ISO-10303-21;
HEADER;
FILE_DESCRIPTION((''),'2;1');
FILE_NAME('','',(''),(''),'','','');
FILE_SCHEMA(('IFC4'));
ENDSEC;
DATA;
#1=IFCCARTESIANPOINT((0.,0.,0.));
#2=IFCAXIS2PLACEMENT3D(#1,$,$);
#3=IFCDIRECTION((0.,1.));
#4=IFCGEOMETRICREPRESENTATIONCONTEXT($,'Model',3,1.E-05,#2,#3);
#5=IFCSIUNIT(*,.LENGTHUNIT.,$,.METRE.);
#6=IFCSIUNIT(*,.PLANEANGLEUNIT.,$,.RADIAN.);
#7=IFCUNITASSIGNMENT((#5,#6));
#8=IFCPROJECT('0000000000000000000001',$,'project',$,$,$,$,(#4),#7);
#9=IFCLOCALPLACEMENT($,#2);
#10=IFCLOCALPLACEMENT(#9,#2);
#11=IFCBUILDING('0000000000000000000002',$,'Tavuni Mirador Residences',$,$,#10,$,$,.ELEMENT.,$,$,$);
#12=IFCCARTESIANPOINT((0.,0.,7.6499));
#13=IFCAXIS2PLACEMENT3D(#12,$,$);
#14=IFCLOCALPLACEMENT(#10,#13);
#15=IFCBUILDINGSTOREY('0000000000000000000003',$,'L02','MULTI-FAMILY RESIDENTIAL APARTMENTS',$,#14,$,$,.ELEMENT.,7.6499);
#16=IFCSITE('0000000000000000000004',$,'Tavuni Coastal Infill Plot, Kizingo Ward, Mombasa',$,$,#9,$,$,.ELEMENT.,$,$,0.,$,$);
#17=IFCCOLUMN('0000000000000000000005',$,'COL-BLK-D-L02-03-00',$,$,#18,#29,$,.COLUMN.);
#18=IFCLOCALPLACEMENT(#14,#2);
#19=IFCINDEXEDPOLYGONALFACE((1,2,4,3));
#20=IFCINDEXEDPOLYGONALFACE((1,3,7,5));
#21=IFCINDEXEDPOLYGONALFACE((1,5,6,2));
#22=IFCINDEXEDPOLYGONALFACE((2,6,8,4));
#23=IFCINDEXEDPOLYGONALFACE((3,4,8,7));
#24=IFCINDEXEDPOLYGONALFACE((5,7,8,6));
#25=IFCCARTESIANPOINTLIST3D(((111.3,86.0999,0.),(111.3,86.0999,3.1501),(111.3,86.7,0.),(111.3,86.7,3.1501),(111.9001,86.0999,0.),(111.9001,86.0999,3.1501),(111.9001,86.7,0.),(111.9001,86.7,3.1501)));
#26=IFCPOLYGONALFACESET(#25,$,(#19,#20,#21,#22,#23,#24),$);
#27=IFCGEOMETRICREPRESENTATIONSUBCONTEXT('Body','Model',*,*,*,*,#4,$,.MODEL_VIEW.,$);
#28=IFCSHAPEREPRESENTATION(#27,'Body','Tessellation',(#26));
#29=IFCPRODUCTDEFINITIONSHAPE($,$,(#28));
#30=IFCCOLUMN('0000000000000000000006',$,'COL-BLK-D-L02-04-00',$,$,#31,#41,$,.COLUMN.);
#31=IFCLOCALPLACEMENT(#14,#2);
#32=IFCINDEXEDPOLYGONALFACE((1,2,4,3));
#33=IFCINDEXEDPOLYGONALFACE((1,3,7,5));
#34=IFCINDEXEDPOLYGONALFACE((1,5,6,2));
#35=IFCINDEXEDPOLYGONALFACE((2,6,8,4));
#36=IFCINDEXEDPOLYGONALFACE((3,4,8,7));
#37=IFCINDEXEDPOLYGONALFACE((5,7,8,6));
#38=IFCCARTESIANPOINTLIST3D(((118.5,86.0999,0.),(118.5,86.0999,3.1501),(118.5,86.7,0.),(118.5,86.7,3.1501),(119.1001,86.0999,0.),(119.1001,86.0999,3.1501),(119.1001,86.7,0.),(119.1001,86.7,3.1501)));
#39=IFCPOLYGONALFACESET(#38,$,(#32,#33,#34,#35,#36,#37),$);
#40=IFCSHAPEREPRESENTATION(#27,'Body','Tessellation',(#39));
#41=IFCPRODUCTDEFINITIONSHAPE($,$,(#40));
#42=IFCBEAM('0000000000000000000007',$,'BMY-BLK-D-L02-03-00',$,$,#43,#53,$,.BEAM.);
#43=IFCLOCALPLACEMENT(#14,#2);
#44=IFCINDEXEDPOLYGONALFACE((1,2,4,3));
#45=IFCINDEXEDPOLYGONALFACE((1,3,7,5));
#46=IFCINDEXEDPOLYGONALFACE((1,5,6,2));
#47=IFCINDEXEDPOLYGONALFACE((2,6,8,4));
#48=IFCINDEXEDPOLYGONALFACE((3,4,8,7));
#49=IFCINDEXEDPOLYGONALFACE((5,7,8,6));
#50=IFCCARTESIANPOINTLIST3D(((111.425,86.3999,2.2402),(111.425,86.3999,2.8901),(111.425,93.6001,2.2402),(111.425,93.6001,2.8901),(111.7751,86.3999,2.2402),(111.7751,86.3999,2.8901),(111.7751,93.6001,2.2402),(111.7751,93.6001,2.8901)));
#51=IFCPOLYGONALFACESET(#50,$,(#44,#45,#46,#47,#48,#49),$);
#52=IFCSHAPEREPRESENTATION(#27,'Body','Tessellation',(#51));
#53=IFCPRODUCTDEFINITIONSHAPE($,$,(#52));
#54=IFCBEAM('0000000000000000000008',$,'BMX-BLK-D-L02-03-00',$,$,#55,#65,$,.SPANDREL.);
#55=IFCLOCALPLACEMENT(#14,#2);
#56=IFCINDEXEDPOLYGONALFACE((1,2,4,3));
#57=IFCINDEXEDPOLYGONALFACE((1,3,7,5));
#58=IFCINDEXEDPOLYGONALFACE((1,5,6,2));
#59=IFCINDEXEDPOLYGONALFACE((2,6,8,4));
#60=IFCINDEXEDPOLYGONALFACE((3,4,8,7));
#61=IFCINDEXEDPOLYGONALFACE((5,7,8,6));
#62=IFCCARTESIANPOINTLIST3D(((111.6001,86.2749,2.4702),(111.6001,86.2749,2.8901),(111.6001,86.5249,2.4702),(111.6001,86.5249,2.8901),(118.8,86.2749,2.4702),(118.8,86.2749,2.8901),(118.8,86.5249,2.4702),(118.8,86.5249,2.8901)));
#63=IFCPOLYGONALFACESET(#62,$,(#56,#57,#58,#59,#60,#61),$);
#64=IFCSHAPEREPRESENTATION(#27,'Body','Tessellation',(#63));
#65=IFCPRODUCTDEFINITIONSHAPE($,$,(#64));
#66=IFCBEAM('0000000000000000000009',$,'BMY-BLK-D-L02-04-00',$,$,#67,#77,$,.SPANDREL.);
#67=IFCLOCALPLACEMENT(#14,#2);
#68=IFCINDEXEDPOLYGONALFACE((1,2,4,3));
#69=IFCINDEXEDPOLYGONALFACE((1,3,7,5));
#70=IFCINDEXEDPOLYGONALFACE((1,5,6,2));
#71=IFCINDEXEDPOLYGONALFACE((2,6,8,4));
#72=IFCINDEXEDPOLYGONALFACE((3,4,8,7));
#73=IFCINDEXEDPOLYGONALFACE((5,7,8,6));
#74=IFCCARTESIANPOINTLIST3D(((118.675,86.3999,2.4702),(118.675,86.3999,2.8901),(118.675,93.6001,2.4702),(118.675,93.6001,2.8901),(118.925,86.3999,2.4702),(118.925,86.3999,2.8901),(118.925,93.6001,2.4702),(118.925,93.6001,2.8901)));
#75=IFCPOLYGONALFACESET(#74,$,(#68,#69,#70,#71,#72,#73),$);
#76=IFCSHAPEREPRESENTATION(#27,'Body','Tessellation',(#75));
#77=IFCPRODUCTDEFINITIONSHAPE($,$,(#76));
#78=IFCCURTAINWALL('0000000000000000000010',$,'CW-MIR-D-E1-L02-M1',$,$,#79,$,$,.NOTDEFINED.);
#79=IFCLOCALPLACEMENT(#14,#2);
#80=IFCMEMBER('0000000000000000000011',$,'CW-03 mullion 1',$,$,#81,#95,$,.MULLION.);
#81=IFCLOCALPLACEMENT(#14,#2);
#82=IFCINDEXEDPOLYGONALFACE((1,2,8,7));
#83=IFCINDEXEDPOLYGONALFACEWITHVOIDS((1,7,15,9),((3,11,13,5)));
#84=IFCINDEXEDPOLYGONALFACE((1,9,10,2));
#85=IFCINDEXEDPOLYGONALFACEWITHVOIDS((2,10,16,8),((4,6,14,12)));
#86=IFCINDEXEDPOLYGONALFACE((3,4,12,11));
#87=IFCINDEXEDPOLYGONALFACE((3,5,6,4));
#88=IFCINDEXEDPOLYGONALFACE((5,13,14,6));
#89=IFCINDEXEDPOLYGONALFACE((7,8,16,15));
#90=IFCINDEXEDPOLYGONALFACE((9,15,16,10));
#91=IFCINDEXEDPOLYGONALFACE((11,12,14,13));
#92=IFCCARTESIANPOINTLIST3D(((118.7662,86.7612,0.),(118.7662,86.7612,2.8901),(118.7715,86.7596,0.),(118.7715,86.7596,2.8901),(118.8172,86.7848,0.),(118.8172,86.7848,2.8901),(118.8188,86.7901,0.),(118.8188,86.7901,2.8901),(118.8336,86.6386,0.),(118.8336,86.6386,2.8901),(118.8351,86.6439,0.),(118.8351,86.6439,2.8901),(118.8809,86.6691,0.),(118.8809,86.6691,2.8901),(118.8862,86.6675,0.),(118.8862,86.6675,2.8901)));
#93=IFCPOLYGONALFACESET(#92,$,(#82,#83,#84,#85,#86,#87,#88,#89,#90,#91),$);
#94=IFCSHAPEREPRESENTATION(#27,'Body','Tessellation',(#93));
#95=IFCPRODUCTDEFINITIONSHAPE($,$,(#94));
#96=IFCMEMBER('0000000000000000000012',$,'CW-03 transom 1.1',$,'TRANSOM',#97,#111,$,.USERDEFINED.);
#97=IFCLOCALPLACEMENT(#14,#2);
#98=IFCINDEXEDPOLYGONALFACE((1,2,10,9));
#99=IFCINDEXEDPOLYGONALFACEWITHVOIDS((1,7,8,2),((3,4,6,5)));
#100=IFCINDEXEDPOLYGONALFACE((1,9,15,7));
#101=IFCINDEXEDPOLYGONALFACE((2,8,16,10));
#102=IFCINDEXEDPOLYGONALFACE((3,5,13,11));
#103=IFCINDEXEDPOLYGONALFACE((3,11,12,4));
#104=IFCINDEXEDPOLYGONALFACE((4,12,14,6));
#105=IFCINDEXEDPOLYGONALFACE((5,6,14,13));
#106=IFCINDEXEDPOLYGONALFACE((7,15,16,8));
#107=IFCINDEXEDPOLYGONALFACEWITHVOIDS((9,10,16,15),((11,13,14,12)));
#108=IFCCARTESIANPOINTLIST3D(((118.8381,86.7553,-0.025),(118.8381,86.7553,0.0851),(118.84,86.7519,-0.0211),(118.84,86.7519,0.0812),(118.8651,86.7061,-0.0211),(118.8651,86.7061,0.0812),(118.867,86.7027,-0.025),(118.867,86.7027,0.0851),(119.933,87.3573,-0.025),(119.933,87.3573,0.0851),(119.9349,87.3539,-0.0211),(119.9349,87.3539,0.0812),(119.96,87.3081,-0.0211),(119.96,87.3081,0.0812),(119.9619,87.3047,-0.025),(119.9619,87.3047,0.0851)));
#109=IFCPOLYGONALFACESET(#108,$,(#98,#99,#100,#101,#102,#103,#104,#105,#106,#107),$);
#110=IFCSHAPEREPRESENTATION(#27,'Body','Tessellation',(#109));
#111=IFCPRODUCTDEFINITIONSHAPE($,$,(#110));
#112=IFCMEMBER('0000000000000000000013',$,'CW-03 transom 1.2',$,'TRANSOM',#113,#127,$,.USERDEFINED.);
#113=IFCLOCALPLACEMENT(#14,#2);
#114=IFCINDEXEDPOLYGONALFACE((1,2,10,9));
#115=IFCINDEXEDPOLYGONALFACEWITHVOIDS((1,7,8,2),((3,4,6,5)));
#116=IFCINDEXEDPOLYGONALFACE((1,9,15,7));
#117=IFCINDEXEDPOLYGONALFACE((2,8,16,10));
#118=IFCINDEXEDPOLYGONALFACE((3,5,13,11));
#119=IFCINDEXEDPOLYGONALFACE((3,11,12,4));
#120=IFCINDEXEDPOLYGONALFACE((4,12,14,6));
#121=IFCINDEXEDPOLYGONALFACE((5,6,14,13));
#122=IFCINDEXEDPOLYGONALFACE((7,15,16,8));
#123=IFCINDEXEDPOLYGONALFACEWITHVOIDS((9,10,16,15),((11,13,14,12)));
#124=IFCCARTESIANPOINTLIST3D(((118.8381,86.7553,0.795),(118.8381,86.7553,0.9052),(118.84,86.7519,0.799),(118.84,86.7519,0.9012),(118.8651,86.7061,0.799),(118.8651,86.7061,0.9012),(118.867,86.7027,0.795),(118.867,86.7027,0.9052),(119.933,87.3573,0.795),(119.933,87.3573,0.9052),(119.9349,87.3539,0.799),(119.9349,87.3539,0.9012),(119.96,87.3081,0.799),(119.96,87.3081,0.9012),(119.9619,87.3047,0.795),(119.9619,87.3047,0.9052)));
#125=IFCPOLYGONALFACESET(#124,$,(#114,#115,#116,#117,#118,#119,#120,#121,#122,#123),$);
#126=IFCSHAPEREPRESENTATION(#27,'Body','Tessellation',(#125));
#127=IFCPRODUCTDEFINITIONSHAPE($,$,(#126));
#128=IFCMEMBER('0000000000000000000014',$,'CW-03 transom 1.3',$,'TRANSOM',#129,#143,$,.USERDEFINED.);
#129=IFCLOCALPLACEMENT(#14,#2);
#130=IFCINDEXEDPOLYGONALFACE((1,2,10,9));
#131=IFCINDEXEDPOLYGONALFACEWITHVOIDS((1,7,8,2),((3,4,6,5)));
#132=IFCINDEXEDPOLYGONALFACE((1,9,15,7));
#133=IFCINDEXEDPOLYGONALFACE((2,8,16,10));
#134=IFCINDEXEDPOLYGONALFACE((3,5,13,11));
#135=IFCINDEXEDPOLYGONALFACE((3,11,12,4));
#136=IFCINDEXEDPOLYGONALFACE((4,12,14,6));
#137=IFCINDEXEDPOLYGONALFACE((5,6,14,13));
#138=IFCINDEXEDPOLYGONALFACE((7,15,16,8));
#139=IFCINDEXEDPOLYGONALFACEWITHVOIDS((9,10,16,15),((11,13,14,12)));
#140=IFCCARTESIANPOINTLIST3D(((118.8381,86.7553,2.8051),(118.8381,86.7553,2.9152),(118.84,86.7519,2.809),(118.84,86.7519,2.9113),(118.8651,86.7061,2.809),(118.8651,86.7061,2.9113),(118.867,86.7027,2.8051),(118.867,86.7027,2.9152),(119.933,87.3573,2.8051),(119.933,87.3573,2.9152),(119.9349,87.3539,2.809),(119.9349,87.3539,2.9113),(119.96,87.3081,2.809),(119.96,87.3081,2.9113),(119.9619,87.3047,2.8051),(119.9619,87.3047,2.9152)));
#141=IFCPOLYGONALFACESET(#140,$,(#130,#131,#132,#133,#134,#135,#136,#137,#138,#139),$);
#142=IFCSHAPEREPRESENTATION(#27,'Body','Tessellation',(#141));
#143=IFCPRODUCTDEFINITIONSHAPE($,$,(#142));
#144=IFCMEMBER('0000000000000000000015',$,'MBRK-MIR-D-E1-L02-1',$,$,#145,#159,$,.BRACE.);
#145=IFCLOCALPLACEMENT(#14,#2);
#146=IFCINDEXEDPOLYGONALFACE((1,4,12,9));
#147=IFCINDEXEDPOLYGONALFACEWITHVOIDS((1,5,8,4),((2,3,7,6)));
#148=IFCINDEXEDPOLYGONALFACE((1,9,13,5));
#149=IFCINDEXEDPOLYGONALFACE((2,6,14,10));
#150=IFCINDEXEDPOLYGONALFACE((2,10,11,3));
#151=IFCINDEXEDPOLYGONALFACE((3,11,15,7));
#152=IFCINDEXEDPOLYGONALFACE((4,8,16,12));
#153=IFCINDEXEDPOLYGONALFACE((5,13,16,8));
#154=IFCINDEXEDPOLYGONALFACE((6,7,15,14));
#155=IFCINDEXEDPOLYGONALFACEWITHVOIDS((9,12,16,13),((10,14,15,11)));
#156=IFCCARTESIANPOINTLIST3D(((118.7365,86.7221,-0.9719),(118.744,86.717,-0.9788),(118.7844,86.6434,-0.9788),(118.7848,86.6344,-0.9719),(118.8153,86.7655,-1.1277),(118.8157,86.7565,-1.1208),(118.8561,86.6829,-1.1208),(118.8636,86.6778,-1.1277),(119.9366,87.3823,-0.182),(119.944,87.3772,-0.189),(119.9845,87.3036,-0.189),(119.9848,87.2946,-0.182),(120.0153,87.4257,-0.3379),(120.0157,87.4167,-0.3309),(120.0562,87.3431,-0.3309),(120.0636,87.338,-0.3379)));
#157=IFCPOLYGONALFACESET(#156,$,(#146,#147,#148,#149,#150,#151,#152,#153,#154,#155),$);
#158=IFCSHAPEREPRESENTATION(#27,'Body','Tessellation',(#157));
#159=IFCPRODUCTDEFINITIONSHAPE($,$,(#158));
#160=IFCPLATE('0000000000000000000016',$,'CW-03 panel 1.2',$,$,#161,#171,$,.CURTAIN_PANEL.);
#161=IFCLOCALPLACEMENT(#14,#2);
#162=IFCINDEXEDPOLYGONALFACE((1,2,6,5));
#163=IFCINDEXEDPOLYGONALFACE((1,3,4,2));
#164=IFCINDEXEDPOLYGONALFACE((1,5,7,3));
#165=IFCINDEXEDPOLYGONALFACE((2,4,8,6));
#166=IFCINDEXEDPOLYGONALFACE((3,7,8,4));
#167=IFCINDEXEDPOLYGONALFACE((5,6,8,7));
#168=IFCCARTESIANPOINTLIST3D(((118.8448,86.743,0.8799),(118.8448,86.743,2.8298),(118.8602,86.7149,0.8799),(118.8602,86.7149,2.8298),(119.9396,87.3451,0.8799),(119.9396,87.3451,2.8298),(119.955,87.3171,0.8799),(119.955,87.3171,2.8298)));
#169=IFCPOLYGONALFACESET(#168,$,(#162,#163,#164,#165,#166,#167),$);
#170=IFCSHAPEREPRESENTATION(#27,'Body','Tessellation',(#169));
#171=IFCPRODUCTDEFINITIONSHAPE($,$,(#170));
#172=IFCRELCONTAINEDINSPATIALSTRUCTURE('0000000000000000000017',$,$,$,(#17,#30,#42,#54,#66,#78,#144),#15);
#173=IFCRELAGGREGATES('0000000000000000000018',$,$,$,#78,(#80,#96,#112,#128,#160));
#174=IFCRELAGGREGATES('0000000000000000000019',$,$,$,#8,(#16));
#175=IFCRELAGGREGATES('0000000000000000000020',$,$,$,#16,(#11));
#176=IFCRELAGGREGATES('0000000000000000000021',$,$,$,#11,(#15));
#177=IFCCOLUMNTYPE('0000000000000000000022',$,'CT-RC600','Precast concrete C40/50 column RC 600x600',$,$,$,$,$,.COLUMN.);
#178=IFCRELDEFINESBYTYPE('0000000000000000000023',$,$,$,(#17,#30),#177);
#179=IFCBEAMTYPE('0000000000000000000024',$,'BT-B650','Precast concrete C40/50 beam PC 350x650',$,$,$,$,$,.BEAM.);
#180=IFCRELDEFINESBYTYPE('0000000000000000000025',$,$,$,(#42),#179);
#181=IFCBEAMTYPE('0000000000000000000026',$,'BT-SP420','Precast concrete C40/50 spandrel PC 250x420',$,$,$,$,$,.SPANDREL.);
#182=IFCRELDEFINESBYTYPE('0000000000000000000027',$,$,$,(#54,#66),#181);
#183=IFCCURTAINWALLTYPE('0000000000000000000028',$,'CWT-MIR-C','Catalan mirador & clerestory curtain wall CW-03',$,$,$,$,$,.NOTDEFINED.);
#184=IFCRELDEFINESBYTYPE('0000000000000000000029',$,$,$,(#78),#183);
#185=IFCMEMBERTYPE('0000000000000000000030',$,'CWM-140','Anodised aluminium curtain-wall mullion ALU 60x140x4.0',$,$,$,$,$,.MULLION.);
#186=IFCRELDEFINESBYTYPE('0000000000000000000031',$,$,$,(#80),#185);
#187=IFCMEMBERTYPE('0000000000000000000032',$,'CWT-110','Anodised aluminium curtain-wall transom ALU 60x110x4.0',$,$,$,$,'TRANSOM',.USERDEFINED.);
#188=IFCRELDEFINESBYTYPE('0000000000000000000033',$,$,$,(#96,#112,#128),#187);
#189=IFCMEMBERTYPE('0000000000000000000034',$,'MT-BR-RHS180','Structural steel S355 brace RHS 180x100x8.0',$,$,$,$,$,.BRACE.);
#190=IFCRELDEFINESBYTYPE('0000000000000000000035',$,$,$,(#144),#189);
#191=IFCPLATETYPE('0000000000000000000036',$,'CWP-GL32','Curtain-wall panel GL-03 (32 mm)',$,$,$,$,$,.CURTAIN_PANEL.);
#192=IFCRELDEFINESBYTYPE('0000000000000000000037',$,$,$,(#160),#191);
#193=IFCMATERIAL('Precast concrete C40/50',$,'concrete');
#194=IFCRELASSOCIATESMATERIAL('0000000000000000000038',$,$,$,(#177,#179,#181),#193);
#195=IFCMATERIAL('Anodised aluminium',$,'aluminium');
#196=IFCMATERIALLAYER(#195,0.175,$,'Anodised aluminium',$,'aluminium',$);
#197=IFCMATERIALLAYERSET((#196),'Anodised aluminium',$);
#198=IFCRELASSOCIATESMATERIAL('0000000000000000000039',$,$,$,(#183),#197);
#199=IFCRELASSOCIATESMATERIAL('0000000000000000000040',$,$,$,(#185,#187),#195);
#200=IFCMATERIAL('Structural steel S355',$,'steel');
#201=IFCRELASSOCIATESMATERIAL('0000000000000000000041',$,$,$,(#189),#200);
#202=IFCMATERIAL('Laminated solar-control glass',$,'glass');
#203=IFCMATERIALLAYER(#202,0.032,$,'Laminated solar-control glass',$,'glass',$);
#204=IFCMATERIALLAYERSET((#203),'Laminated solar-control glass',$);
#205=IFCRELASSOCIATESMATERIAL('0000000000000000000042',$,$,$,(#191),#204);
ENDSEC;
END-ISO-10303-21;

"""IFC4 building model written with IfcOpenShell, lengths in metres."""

from ifc_helpers import new_model, si_unit, direction, frame, origin, origin_2d, place, context, subcontext, project, spatial, rectangle, hollow_rectangle, extrude, material, layer, layer_set, material_profile, profile_set, type_object, element, aggregate, save


model = new_model("IFC4")

# Units and contexts
model_context = context("Model", 3, precision=1e-05, world=origin(), true_north=direction((0.0, 1.0)))
body_context = subcontext(model_context, "Body", "Model", "MODEL_VIEW")
ifc_project = project(units=[si_unit("LENGTHUNIT", "METRE"), si_unit("PLANEANGLEUNIT", "RADIAN")], contexts=[model_context])

# Site, building, storey
site_placement = place(None, origin())
site = spatial("IfcSite", under=ifc_project, at=site_placement, Name="Tavuni Coastal Infill Plot, Kizingo Ward, Mombasa", CompositionType="ELEMENT", RefElevation=0.0)
building_placement = place(site_placement, origin())
building = spatial("IfcBuilding", under=site, at=building_placement, Name="Tavuni Mirador Residences", CompositionType="ELEMENT")
storey_placement = place(building_placement, frame((0.0, 0.0, 7.6499)))
storey = spatial("IfcBuildingStorey", under=building, at=storey_placement, Name="L02", Description="MULTI-FAMILY RESIDENTIAL APARTMENTS", CompositionType="ELEMENT", Elevation=7.6499)

# Columns
ifc_material_1 = material(Name="Precast concrete C40/50", Category="concrete")
ifc_material_profile_1 = material_profile(ifc_material_1, rectangle(XDim=0.6001, YDim=0.6001, at=origin_2d()), Name="RC 600x600", Category="concrete")
ifc_profile_set_1 = profile_set([ifc_material_profile_1], Name="Precast concrete C40/50")
column_type = type_object("IfcColumnType", Name="CT-RC600", Description="Precast concrete C40/50 column RC 600x600", PredefinedType="COLUMN", material=ifc_profile_set_1)
for number, where, z_axis, x_axis, name in (
    (1, (111.6001, 86.3999, 0.0), (0.0, 0.0, 1.0), (1.0, 0.0, 0.0), "COL-BLK-D-L02-03-00"),
    (2, (118.8, 86.3999, 0.0), (0.0, 0.0, 1.0), (1.0, 0.0, 0.0), "COL-BLK-D-L02-04-00"),
):
    element("IfcColumn", number, at=place(storey_placement, frame(where, z_axis=z_axis, x_axis=x_axis)), inside=storey, type_object=column_type, Name=name, PredefinedType="COLUMN", context=body_context, shape_type="SweptSolid", body=[
        extrude(rectangle(XDim=0.6001, YDim=0.6001, at=origin_2d()), origin(), (0.0, 0.0, 1.0), 3.1501),
    ])

# Beams
ifc_material_profile_2 = material_profile(ifc_material_1, rectangle(XDim=0.3501, YDim=0.6499, at=origin_2d()), Name="PC 350x650", Category="concrete")
ifc_profile_set_2 = profile_set([ifc_material_profile_2], Name="Precast concrete C40/50")
beam_type_1 = type_object("IfcBeamType", Name="BT-B650", Description="Precast concrete C40/50 beam PC 350x650", PredefinedType="BEAM", material=ifc_profile_set_2)
beam_1_placement = place(storey_placement, frame((111.6001, 86.3999, 2.5652), z_axis=(0.0, 1.0, 0.0), x_axis=(-1.0, 0.0, 0.0)))
element("IfcBeam", 3, at=beam_1_placement, inside=storey, type_object=beam_type_1, Name="BMY-BLK-D-L02-03-00", PredefinedType="BEAM", context=body_context, shape_type="SweptSolid", body=[
    extrude(rectangle(XDim=0.3501, YDim=0.6499, at=origin_2d()), origin(), (0.0, 0.0, 1.0), 7.2002),
])
ifc_material_profile_3 = material_profile(ifc_material_1, rectangle(XDim=0.25, YDim=0.4199, at=origin_2d()), Name="PC 250x420", Category="concrete")
ifc_profile_set_3 = profile_set([ifc_material_profile_3], Name="Precast concrete C40/50")
beam_type_2 = type_object("IfcBeamType", Name="BT-SP420", Description="Precast concrete C40/50 spandrel PC 250x420", PredefinedType="SPANDREL", material=ifc_profile_set_3)
beam_2_placement = place(storey_placement, frame((111.6001, 86.3999, 2.6802), z_axis=(1.0, 0.0, 0.0), x_axis=(0.0, 1.0, 0.0)))
element("IfcBeam", 4, at=beam_2_placement, inside=storey, type_object=beam_type_2, Name="BMX-BLK-D-L02-03-00", PredefinedType="SPANDREL", context=body_context, shape_type="SweptSolid", body=[
    extrude(rectangle(XDim=0.25, YDim=0.4199, at=origin_2d()), origin(), (0.0, 0.0, 1.0), 7.2),
])
beam_3_placement = place(storey_placement, frame((118.8, 86.3999, 2.6802), z_axis=(0.0, 1.0, 0.0), x_axis=(-1.0, 0.0, 0.0)))
element("IfcBeam", 5, at=beam_3_placement, inside=storey, type_object=beam_type_2, Name="BMY-BLK-D-L02-04-00", PredefinedType="SPANDREL", context=body_context, shape_type="SweptSolid", body=[
    extrude(rectangle(XDim=0.25, YDim=0.4199, at=origin_2d()), origin(), (0.0, 0.0, 1.0), 7.2002),
])

# Curtain wall, members
ifc_material_2 = material(Name="Anodised aluminium", Category="aluminium")
ifc_layer_1 = layer(ifc_material_2, 0.175, Name="Anodised aluminium", Category="aluminium")
ifc_layer_set_1 = layer_set([ifc_layer_1], Name="Anodised aluminium")
curtain_wall_type = type_object("IfcCurtainWallType", Name="CWT-MIR-C", Description="Catalan mirador & clerestory curtain wall CW-03", PredefinedType="NOTDEFINED", material=ifc_layer_set_1)
curtain_wall_placement = place(storey_placement, origin())
curtain_wall = element("IfcCurtainWall", 6, at=curtain_wall_placement, inside=storey, type_object=curtain_wall_type, Name="CW-MIR-D-E1-L02-M1", PredefinedType="NOTDEFINED")
ifc_material_profile_4 = material_profile(ifc_material_2, hollow_rectangle(XDim=0.0601, YDim=0.1399, WallThickness=0.0039, at=origin_2d()), Name="ALU 60x140x4.0", Category="aluminium")
ifc_profile_set_4 = profile_set([ifc_material_profile_4], Name="Anodised aluminium")
member_type_1 = type_object("IfcMemberType", Name="CWM-140", Description="Anodised aluminium curtain-wall mullion ALU 60x140x4.0", PredefinedType="MULLION", material=ifc_profile_set_4)
member_1_placement = place(storey_placement, frame((118.8262, 86.7144, 0.0), z_axis=(0.0, 0.0, 1.0), x_axis=(0.876216, 0.481919, 0.0)))
member_1 = element("IfcMember", 7, at=member_1_placement, type_object=member_type_1, Name="CW-03 mullion 1", PredefinedType="MULLION", context=body_context, shape_type="SweptSolid", body=[
    extrude(hollow_rectangle(XDim=0.0601, YDim=0.1399, WallThickness=0.0039, at=origin_2d()), origin(), (0.0, 0.0, 1.0), 2.8901),
])
ifc_material_profile_5 = material_profile(ifc_material_2, hollow_rectangle(XDim=0.0601, YDim=0.1101, WallThickness=0.0039, at=origin_2d()), Name="ALU 60x110x4.0", Category="aluminium")
ifc_profile_set_5 = profile_set([ifc_material_profile_5], Name="Anodised aluminium")
member_type_2 = type_object("IfcMemberType", Name="CWT-110", Description="Anodised aluminium curtain-wall transom ALU 60x110x4.0", ElementType="TRANSOM", PredefinedType="USERDEFINED", material=ifc_profile_set_5)
member_2_placement = place(storey_placement, frame((118.8525, 86.729, 0.03), z_axis=(0.876278, 0.481806, 0.0), x_axis=(-0.481806, 0.876278, 0.0)))
member_2 = element("IfcMember", 8, at=member_2_placement, type_object=member_type_2, Name="CW-03 transom 1.1", ObjectType="TRANSOM", PredefinedType="USERDEFINED", context=body_context, shape_type="SweptSolid", body=[
    extrude(hollow_rectangle(XDim=0.0601, YDim=0.1101, WallThickness=0.0039, at=origin_2d()), origin(), (0.0, 0.0, 1.0), 1.2495),
])
member_3_placement = place(storey_placement, frame((118.8525, 86.729, 0.8501), z_axis=(0.876278, 0.481806, 0.0), x_axis=(-0.481806, 0.876278, 0.0)))
member_3 = element("IfcMember", 9, at=member_3_placement, type_object=member_type_2, Name="CW-03 transom 1.2", ObjectType="TRANSOM", PredefinedType="USERDEFINED", context=body_context, shape_type="SweptSolid", body=[
    extrude(hollow_rectangle(XDim=0.0601, YDim=0.1101, WallThickness=0.0039, at=origin_2d()), origin(), (0.0, 0.0, 1.0), 1.2495),
])
member_4_placement = place(storey_placement, frame((118.8525, 86.729, 2.8601), z_axis=(0.876278, 0.481806, 0.0), x_axis=(-0.481806, 0.876278, 0.0)))
member_4 = element("IfcMember", 10, at=member_4_placement, type_object=member_type_2, Name="CW-03 transom 1.3", ObjectType="TRANSOM", PredefinedType="USERDEFINED", context=body_context, shape_type="SweptSolid", body=[
    extrude(hollow_rectangle(XDim=0.0601, YDim=0.1101, WallThickness=0.0039, at=origin_2d()), origin(), (0.0, 0.0, 1.0), 1.2495),
])

# Member
ifc_material_3 = material(Name="Structural steel S355", Category="steel")
ifc_material_profile_6 = material_profile(ifc_material_3, hollow_rectangle(XDim=0.1001, YDim=0.1799, WallThickness=0.0081, at=origin_2d()), Name="RHS 180x100x8.0", Category="steel")
ifc_profile_set_6 = profile_set([ifc_material_profile_6], Name="Structural steel S355")
member_type_3 = type_object("IfcMemberType", Name="MT-BR-RHS180", Description="Structural steel S355 brace RHS 180x100x8.0", PredefinedType="BRACE", material=ifc_profile_set_6)
member_5_placement = place(storey_placement, frame((118.8, 86.7, -1.0498), z_axis=(0.758997, 0.417564, 0.499564), x_axis=(-0.482021, 0.876159, 0.0)))
element("IfcMember", 11, at=member_5_placement, inside=storey, type_object=member_type_3, Name="MBRK-MIR-D-E1-L02-1", PredefinedType="BRACE", context=body_context, shape_type="SweptSolid", body=[
    extrude(hollow_rectangle(XDim=0.1001, YDim=0.1799, WallThickness=0.0081, at=origin_2d()), origin(), (0.0, 0.0, 1.0), 1.5811),
])

# Plate
ifc_material_4 = material(Name="Laminated solar-control glass", Category="glass")
ifc_layer_2 = layer(ifc_material_4, 0.032, Name="Laminated solar-control glass", Category="glass")
ifc_layer_set_2 = layer_set([ifc_layer_2], Name="Laminated solar-control glass")
plate_type_1 = type_object("IfcPlateType", Name="CWP-GL32", Description="Curtain-wall panel GL-03 (32 mm)", PredefinedType="CURTAIN_PANEL", material=ifc_layer_set_2)
plate_1_placement = place(storey_placement, frame((119.3999, 87.03, 0.8799), z_axis=(0.0, 0.0, 1.0), x_axis=(0.876216, 0.481919, 0.0)))
plate_1 = element("IfcPlate", 12, at=plate_1_placement, type_object=plate_type_1, Name="CW-03 panel 1.2", PredefinedType="CURTAIN_PANEL", context=body_context, shape_type="SweptSolid", body=[
    extrude(rectangle(XDim=1.2495, YDim=0.032, at=origin_2d()), origin(), (0.0, 0.0, 1.0), 1.95),
])
aggregate(curtain_wall, [member_1, member_2, member_3, member_4, plate_1])

save(model, "model.ifc")
